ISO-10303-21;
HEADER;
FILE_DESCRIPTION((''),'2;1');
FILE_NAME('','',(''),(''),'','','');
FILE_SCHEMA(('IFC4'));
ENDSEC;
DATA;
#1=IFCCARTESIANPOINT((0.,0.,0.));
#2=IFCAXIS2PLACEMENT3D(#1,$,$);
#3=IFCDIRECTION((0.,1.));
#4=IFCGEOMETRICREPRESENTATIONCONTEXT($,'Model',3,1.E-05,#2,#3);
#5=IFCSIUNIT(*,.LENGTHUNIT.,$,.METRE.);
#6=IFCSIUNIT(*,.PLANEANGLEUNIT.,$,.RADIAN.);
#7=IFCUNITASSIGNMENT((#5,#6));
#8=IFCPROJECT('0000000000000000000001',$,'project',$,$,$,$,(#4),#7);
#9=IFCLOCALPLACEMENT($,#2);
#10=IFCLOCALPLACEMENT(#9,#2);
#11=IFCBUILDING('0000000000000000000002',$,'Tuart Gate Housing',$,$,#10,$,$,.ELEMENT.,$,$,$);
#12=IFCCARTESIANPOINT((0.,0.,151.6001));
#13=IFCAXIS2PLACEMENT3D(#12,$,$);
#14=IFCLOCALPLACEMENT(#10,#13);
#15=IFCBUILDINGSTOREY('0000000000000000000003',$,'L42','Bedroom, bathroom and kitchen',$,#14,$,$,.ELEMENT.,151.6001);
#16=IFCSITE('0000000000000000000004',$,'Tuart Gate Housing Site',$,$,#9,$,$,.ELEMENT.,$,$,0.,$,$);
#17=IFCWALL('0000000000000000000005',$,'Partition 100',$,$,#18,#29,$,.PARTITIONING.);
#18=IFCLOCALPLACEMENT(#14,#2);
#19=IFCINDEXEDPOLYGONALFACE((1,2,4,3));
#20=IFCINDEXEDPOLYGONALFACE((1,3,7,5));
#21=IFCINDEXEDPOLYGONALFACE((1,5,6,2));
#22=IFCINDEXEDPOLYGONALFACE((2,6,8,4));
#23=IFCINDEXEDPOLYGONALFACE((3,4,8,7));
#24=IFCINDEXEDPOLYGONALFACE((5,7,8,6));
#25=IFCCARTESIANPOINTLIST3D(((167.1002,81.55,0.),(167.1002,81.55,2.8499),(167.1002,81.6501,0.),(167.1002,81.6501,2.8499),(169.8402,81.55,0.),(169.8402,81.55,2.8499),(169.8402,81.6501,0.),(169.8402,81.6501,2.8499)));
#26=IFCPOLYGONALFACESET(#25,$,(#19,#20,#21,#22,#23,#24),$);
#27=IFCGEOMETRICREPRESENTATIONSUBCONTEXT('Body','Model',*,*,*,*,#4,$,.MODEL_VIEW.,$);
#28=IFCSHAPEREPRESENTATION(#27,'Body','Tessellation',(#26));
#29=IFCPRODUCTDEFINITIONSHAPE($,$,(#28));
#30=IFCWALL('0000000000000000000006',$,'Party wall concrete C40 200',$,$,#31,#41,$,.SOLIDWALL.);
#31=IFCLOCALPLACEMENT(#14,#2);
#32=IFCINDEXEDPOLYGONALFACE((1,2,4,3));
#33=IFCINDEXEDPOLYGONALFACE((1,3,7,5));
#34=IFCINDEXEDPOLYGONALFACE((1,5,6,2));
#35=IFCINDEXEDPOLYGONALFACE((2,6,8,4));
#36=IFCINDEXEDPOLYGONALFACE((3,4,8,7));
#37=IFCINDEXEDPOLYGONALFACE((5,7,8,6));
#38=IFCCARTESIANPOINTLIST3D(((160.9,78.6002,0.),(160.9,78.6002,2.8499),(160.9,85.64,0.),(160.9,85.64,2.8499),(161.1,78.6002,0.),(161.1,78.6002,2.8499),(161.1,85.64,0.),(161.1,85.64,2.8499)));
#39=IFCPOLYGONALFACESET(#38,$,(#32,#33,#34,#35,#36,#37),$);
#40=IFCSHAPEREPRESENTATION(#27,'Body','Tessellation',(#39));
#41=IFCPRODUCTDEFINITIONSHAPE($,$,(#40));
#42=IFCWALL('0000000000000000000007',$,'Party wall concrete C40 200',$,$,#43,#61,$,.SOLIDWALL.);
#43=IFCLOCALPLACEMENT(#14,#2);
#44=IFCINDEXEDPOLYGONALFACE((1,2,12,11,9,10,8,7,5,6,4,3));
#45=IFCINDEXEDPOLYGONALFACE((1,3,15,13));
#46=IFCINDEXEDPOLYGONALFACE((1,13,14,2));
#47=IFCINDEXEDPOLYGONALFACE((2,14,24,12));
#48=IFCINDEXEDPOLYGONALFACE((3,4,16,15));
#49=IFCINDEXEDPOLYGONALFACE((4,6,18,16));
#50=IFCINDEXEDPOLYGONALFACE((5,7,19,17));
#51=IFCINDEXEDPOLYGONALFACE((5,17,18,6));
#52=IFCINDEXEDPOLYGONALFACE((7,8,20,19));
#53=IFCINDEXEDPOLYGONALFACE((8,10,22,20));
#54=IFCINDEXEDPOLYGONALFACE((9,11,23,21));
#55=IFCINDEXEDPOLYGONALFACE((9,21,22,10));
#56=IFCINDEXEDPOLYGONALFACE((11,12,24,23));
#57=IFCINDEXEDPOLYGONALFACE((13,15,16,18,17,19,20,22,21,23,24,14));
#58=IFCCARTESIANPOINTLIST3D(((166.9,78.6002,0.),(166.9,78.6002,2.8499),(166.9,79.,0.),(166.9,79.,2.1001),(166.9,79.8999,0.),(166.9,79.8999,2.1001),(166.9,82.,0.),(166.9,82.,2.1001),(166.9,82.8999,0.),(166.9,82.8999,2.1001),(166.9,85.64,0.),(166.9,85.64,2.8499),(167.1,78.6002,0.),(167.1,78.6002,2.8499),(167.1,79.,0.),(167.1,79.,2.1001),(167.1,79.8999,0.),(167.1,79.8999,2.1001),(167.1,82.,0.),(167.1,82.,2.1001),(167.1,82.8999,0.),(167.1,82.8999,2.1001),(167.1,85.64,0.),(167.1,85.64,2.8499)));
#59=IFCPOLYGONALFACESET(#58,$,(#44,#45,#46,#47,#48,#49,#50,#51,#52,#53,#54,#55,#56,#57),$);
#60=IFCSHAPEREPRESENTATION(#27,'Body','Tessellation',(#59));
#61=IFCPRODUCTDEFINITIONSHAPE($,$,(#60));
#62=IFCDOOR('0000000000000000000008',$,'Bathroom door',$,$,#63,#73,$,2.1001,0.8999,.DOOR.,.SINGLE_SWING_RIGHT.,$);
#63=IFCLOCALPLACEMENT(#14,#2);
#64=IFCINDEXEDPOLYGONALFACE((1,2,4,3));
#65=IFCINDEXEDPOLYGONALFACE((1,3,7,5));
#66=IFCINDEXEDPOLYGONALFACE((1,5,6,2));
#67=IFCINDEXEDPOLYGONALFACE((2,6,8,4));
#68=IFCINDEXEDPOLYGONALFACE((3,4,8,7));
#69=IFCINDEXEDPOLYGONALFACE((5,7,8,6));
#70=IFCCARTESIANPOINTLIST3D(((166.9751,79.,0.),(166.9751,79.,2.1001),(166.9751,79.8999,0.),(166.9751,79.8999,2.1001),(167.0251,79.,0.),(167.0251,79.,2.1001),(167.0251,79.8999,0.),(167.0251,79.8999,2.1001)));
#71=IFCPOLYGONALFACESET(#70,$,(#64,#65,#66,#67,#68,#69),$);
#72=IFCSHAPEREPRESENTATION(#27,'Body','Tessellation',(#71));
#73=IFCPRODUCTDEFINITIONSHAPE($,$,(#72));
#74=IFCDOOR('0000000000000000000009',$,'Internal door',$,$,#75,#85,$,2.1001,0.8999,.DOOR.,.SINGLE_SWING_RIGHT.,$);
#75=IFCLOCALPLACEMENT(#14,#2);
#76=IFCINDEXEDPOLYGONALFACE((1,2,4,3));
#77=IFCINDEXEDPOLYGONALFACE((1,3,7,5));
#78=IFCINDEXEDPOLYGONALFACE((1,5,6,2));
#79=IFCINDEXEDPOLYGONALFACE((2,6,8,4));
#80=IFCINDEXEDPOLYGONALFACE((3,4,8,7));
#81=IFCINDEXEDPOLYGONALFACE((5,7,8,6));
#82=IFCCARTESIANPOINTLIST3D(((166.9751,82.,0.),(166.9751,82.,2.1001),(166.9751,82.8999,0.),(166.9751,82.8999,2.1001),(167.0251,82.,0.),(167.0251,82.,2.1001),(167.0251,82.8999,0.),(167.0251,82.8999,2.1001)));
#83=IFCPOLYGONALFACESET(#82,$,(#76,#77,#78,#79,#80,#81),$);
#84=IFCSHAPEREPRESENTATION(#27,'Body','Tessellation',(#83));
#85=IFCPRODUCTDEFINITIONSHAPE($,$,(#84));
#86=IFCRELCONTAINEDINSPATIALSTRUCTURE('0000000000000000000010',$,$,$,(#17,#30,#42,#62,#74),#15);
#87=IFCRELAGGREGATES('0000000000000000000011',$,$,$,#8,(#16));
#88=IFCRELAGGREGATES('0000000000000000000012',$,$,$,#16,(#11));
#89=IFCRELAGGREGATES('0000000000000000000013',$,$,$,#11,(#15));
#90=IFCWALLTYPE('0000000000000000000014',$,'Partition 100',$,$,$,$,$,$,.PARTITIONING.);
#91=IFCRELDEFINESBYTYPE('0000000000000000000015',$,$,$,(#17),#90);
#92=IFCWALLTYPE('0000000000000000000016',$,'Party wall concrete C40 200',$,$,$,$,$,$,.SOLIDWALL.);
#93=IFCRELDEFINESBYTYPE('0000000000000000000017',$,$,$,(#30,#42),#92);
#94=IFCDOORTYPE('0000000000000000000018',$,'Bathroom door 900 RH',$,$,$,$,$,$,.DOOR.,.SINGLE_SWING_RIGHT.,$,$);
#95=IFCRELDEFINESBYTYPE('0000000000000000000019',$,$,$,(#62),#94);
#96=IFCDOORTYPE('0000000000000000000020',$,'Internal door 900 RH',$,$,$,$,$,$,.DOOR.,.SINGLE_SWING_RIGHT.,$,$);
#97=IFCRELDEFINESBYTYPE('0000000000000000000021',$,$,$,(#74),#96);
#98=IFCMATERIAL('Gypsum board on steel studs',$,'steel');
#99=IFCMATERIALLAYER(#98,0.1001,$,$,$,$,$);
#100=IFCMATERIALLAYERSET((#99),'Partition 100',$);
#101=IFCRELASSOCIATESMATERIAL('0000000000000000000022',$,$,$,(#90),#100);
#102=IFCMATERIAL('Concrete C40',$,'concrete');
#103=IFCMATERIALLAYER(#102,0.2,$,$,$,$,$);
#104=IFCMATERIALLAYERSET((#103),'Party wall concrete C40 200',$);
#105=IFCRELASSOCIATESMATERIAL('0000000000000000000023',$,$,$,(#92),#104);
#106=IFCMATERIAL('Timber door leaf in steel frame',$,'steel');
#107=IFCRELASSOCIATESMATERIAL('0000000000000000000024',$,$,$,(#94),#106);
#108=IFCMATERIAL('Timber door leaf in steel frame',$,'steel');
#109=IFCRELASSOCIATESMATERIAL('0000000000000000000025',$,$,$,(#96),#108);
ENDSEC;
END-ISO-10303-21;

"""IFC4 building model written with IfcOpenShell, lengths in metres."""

from ifc_helpers import new_model, si_unit, direction, frame, frame_2d, origin, place, context, subcontext, project, spatial, rectangle, extrude, material, layer, layer_set, type_object, element, fill, save


model = new_model("IFC4")

# Units and contexts
model_context = context("Model", 3, precision=1e-05, world=origin(), true_north=direction((0.0, 1.0)))
body_context = subcontext(model_context, "Body", "Model", "MODEL_VIEW")
ifc_project = project(units=[si_unit("LENGTHUNIT", "METRE"), si_unit("PLANEANGLEUNIT", "RADIAN")], contexts=[model_context])

# Site, building, storey
site_placement = place(None, origin())
site = spatial("IfcSite", under=ifc_project, at=site_placement, Name="Tuart Gate Housing Site", CompositionType="ELEMENT", RefElevation=0.0)
building_placement = place(site_placement, origin())
building = spatial("IfcBuilding", under=site, at=building_placement, Name="Tuart Gate Housing", CompositionType="ELEMENT")
storey_placement = place(building_placement, frame((0.0, 0.0, 151.6001)))
storey = spatial("IfcBuildingStorey", under=building, at=storey_placement, Name="L42", Description="Bedroom, bathroom and kitchen", CompositionType="ELEMENT", Elevation=151.6001)

# Walls
ifc_material_1 = material(Name="Gypsum board on steel studs", Category="steel")
ifc_layer_1 = layer(ifc_material_1, 0.1001)
ifc_layer_set_1 = layer_set([ifc_layer_1], Name="Partition 100")
wall_type_1 = type_object("IfcWallType", Name="Partition 100", PredefinedType="PARTITIONING", material=ifc_layer_set_1)
wall_1_placement = place(storey_placement, frame((167.1001, 81.6001, 0.0), z_axis=(0.0, 0.0, 1.0), x_axis=(1.0, 0.0, 0.0)))
element("IfcWall", 1, at=wall_1_placement, inside=storey, type_object=wall_type_1, Name="Partition 100", PredefinedType="PARTITIONING", context=body_context, shape_type="SweptSolid", body=[
    extrude(rectangle(XDim=2.74, YDim=0.1001, at=frame_2d((1.3701, 0.0))), origin(), (0.0, 0.0, 1.0), 2.8499),
])
ifc_material_2 = material(Name="Concrete C40", Category="concrete")
ifc_layer_2 = layer(ifc_material_2, 0.2)
ifc_layer_set_2 = layer_set([ifc_layer_2], Name="Party wall concrete C40 200")
wall_type_2 = type_object("IfcWallType", Name="Party wall concrete C40 200", PredefinedType="SOLIDWALL", material=ifc_layer_set_2)
wall_2_placement = place(storey_placement, frame((161.0, 78.6001, 0.0), z_axis=(0.0, 0.0, 1.0), x_axis=(0.0, 1.0, 0.0)))
element("IfcWall", 2, at=wall_2_placement, inside=storey, type_object=wall_type_2, Name="Party wall concrete C40 200", PredefinedType="SOLIDWALL", context=body_context, shape_type="SweptSolid", body=[
    extrude(rectangle(XDim=7.0398, YDim=0.2, at=frame_2d((3.52, 0.0))), origin(), (0.0, 0.0, 1.0), 2.8499),
])

# Wall, openings, doors
wall_3_placement = place(storey_placement, frame((167.0, 78.6001, 0.0), z_axis=(0.0, 0.0, 1.0), x_axis=(0.0, 1.0, 0.0)))
wall_3 = element("IfcWall", 3, at=wall_3_placement, inside=storey, type_object=wall_type_2, Name="Party wall concrete C40 200", PredefinedType="SOLIDWALL", context=body_context, shape_type="SweptSolid", body=[
    extrude(rectangle(XDim=7.0398, YDim=0.2, at=frame_2d((3.52, 0.0))), origin(), (0.0, 0.0, 1.0), 2.8499),
])
opening_1_placement = place(wall_3_placement, frame((3.3999, 0.0, 0.0)))
opening_1 = element("IfcOpeningElement", 4, at=opening_1_placement, cuts=wall_3, PredefinedType="OPENING", context=body_context, shape_type="SweptSolid", body=[
    extrude(rectangle(XDim=0.8999, YDim=2.1001, at=frame_2d((0.45, 1.05))), frame((0.0, 0.1099, 0.0), z_axis=(0.0, -1.0, 0.0), x_axis=(1.0, 0.0, 0.0)), (0.0, 0.0, 1.0), 0.22),
])
opening_2_placement = place(wall_3_placement, frame((0.3999, 0.0, 0.0)))
opening_2 = element("IfcOpeningElement", 5, at=opening_2_placement, cuts=wall_3, PredefinedType="OPENING", context=body_context, shape_type="SweptSolid", body=[
    extrude(rectangle(XDim=0.8999, YDim=2.1001, at=frame_2d((0.45, 1.05))), frame((0.0, 0.1099, 0.0), z_axis=(0.0, -1.0, 0.0), x_axis=(1.0, 0.0, 0.0)), (0.0, 0.0, 1.0), 0.22),
])
ifc_material_3 = material(Name="Timber door leaf in steel frame", Category="steel")
door_type_1 = type_object("IfcDoorType", Name="Bathroom door 900 RH", OperationType="SINGLE_SWING_RIGHT", PredefinedType="DOOR", material=ifc_material_3)
door_1_placement = place(opening_2_placement, frame((0.8999, 0.0, 0.0), z_axis=(0.0, 0.0, 1.0), x_axis=(-1.0, 0.0, 0.0)))
door_1 = element("IfcDoor", 6, at=door_1_placement, inside=storey, type_object=door_type_1, Name="Bathroom door", OperationType="SINGLE_SWING_RIGHT", OverallHeight=2.1001, OverallWidth=0.8999, PredefinedType="DOOR", context=body_context, shape_type="SweptSolid", body=[
    extrude(rectangle(XDim=0.8999, YDim=2.1001, at=frame_2d((0.45, 1.05))), frame((0.0, 0.0251, 0.0), z_axis=(0.0, -1.0, 0.0), x_axis=(1.0, 0.0, 0.0)), (0.0, 0.0, 1.0), 0.05),
])
fill(opening_2, door_1)
ifc_material_4 = material(Name="Timber door leaf in steel frame", Category="steel")
door_type_2 = type_object("IfcDoorType", Name="Internal door 900 RH", OperationType="SINGLE_SWING_RIGHT", PredefinedType="DOOR", material=ifc_material_4)
door_2_placement = place(opening_1_placement, frame((0.8999, 0.0, 0.0), z_axis=(0.0, 0.0, 1.0), x_axis=(-1.0, 0.0, 0.0)))
door_2 = element("IfcDoor", 7, at=door_2_placement, inside=storey, type_object=door_type_2, Name="Internal door", OperationType="SINGLE_SWING_RIGHT", OverallHeight=2.1001, OverallWidth=0.8999, PredefinedType="DOOR", context=body_context, shape_type="SweptSolid", body=[
    extrude(rectangle(XDim=0.8999, YDim=2.1001, at=frame_2d((0.45, 1.05))), frame((0.0, 0.0251, 0.0), z_axis=(0.0, -1.0, 0.0), x_axis=(1.0, 0.0, 0.0)), (0.0, 0.0, 1.0), 0.05),
])
fill(opening_1, door_2)

save(model, "model.ifc")
